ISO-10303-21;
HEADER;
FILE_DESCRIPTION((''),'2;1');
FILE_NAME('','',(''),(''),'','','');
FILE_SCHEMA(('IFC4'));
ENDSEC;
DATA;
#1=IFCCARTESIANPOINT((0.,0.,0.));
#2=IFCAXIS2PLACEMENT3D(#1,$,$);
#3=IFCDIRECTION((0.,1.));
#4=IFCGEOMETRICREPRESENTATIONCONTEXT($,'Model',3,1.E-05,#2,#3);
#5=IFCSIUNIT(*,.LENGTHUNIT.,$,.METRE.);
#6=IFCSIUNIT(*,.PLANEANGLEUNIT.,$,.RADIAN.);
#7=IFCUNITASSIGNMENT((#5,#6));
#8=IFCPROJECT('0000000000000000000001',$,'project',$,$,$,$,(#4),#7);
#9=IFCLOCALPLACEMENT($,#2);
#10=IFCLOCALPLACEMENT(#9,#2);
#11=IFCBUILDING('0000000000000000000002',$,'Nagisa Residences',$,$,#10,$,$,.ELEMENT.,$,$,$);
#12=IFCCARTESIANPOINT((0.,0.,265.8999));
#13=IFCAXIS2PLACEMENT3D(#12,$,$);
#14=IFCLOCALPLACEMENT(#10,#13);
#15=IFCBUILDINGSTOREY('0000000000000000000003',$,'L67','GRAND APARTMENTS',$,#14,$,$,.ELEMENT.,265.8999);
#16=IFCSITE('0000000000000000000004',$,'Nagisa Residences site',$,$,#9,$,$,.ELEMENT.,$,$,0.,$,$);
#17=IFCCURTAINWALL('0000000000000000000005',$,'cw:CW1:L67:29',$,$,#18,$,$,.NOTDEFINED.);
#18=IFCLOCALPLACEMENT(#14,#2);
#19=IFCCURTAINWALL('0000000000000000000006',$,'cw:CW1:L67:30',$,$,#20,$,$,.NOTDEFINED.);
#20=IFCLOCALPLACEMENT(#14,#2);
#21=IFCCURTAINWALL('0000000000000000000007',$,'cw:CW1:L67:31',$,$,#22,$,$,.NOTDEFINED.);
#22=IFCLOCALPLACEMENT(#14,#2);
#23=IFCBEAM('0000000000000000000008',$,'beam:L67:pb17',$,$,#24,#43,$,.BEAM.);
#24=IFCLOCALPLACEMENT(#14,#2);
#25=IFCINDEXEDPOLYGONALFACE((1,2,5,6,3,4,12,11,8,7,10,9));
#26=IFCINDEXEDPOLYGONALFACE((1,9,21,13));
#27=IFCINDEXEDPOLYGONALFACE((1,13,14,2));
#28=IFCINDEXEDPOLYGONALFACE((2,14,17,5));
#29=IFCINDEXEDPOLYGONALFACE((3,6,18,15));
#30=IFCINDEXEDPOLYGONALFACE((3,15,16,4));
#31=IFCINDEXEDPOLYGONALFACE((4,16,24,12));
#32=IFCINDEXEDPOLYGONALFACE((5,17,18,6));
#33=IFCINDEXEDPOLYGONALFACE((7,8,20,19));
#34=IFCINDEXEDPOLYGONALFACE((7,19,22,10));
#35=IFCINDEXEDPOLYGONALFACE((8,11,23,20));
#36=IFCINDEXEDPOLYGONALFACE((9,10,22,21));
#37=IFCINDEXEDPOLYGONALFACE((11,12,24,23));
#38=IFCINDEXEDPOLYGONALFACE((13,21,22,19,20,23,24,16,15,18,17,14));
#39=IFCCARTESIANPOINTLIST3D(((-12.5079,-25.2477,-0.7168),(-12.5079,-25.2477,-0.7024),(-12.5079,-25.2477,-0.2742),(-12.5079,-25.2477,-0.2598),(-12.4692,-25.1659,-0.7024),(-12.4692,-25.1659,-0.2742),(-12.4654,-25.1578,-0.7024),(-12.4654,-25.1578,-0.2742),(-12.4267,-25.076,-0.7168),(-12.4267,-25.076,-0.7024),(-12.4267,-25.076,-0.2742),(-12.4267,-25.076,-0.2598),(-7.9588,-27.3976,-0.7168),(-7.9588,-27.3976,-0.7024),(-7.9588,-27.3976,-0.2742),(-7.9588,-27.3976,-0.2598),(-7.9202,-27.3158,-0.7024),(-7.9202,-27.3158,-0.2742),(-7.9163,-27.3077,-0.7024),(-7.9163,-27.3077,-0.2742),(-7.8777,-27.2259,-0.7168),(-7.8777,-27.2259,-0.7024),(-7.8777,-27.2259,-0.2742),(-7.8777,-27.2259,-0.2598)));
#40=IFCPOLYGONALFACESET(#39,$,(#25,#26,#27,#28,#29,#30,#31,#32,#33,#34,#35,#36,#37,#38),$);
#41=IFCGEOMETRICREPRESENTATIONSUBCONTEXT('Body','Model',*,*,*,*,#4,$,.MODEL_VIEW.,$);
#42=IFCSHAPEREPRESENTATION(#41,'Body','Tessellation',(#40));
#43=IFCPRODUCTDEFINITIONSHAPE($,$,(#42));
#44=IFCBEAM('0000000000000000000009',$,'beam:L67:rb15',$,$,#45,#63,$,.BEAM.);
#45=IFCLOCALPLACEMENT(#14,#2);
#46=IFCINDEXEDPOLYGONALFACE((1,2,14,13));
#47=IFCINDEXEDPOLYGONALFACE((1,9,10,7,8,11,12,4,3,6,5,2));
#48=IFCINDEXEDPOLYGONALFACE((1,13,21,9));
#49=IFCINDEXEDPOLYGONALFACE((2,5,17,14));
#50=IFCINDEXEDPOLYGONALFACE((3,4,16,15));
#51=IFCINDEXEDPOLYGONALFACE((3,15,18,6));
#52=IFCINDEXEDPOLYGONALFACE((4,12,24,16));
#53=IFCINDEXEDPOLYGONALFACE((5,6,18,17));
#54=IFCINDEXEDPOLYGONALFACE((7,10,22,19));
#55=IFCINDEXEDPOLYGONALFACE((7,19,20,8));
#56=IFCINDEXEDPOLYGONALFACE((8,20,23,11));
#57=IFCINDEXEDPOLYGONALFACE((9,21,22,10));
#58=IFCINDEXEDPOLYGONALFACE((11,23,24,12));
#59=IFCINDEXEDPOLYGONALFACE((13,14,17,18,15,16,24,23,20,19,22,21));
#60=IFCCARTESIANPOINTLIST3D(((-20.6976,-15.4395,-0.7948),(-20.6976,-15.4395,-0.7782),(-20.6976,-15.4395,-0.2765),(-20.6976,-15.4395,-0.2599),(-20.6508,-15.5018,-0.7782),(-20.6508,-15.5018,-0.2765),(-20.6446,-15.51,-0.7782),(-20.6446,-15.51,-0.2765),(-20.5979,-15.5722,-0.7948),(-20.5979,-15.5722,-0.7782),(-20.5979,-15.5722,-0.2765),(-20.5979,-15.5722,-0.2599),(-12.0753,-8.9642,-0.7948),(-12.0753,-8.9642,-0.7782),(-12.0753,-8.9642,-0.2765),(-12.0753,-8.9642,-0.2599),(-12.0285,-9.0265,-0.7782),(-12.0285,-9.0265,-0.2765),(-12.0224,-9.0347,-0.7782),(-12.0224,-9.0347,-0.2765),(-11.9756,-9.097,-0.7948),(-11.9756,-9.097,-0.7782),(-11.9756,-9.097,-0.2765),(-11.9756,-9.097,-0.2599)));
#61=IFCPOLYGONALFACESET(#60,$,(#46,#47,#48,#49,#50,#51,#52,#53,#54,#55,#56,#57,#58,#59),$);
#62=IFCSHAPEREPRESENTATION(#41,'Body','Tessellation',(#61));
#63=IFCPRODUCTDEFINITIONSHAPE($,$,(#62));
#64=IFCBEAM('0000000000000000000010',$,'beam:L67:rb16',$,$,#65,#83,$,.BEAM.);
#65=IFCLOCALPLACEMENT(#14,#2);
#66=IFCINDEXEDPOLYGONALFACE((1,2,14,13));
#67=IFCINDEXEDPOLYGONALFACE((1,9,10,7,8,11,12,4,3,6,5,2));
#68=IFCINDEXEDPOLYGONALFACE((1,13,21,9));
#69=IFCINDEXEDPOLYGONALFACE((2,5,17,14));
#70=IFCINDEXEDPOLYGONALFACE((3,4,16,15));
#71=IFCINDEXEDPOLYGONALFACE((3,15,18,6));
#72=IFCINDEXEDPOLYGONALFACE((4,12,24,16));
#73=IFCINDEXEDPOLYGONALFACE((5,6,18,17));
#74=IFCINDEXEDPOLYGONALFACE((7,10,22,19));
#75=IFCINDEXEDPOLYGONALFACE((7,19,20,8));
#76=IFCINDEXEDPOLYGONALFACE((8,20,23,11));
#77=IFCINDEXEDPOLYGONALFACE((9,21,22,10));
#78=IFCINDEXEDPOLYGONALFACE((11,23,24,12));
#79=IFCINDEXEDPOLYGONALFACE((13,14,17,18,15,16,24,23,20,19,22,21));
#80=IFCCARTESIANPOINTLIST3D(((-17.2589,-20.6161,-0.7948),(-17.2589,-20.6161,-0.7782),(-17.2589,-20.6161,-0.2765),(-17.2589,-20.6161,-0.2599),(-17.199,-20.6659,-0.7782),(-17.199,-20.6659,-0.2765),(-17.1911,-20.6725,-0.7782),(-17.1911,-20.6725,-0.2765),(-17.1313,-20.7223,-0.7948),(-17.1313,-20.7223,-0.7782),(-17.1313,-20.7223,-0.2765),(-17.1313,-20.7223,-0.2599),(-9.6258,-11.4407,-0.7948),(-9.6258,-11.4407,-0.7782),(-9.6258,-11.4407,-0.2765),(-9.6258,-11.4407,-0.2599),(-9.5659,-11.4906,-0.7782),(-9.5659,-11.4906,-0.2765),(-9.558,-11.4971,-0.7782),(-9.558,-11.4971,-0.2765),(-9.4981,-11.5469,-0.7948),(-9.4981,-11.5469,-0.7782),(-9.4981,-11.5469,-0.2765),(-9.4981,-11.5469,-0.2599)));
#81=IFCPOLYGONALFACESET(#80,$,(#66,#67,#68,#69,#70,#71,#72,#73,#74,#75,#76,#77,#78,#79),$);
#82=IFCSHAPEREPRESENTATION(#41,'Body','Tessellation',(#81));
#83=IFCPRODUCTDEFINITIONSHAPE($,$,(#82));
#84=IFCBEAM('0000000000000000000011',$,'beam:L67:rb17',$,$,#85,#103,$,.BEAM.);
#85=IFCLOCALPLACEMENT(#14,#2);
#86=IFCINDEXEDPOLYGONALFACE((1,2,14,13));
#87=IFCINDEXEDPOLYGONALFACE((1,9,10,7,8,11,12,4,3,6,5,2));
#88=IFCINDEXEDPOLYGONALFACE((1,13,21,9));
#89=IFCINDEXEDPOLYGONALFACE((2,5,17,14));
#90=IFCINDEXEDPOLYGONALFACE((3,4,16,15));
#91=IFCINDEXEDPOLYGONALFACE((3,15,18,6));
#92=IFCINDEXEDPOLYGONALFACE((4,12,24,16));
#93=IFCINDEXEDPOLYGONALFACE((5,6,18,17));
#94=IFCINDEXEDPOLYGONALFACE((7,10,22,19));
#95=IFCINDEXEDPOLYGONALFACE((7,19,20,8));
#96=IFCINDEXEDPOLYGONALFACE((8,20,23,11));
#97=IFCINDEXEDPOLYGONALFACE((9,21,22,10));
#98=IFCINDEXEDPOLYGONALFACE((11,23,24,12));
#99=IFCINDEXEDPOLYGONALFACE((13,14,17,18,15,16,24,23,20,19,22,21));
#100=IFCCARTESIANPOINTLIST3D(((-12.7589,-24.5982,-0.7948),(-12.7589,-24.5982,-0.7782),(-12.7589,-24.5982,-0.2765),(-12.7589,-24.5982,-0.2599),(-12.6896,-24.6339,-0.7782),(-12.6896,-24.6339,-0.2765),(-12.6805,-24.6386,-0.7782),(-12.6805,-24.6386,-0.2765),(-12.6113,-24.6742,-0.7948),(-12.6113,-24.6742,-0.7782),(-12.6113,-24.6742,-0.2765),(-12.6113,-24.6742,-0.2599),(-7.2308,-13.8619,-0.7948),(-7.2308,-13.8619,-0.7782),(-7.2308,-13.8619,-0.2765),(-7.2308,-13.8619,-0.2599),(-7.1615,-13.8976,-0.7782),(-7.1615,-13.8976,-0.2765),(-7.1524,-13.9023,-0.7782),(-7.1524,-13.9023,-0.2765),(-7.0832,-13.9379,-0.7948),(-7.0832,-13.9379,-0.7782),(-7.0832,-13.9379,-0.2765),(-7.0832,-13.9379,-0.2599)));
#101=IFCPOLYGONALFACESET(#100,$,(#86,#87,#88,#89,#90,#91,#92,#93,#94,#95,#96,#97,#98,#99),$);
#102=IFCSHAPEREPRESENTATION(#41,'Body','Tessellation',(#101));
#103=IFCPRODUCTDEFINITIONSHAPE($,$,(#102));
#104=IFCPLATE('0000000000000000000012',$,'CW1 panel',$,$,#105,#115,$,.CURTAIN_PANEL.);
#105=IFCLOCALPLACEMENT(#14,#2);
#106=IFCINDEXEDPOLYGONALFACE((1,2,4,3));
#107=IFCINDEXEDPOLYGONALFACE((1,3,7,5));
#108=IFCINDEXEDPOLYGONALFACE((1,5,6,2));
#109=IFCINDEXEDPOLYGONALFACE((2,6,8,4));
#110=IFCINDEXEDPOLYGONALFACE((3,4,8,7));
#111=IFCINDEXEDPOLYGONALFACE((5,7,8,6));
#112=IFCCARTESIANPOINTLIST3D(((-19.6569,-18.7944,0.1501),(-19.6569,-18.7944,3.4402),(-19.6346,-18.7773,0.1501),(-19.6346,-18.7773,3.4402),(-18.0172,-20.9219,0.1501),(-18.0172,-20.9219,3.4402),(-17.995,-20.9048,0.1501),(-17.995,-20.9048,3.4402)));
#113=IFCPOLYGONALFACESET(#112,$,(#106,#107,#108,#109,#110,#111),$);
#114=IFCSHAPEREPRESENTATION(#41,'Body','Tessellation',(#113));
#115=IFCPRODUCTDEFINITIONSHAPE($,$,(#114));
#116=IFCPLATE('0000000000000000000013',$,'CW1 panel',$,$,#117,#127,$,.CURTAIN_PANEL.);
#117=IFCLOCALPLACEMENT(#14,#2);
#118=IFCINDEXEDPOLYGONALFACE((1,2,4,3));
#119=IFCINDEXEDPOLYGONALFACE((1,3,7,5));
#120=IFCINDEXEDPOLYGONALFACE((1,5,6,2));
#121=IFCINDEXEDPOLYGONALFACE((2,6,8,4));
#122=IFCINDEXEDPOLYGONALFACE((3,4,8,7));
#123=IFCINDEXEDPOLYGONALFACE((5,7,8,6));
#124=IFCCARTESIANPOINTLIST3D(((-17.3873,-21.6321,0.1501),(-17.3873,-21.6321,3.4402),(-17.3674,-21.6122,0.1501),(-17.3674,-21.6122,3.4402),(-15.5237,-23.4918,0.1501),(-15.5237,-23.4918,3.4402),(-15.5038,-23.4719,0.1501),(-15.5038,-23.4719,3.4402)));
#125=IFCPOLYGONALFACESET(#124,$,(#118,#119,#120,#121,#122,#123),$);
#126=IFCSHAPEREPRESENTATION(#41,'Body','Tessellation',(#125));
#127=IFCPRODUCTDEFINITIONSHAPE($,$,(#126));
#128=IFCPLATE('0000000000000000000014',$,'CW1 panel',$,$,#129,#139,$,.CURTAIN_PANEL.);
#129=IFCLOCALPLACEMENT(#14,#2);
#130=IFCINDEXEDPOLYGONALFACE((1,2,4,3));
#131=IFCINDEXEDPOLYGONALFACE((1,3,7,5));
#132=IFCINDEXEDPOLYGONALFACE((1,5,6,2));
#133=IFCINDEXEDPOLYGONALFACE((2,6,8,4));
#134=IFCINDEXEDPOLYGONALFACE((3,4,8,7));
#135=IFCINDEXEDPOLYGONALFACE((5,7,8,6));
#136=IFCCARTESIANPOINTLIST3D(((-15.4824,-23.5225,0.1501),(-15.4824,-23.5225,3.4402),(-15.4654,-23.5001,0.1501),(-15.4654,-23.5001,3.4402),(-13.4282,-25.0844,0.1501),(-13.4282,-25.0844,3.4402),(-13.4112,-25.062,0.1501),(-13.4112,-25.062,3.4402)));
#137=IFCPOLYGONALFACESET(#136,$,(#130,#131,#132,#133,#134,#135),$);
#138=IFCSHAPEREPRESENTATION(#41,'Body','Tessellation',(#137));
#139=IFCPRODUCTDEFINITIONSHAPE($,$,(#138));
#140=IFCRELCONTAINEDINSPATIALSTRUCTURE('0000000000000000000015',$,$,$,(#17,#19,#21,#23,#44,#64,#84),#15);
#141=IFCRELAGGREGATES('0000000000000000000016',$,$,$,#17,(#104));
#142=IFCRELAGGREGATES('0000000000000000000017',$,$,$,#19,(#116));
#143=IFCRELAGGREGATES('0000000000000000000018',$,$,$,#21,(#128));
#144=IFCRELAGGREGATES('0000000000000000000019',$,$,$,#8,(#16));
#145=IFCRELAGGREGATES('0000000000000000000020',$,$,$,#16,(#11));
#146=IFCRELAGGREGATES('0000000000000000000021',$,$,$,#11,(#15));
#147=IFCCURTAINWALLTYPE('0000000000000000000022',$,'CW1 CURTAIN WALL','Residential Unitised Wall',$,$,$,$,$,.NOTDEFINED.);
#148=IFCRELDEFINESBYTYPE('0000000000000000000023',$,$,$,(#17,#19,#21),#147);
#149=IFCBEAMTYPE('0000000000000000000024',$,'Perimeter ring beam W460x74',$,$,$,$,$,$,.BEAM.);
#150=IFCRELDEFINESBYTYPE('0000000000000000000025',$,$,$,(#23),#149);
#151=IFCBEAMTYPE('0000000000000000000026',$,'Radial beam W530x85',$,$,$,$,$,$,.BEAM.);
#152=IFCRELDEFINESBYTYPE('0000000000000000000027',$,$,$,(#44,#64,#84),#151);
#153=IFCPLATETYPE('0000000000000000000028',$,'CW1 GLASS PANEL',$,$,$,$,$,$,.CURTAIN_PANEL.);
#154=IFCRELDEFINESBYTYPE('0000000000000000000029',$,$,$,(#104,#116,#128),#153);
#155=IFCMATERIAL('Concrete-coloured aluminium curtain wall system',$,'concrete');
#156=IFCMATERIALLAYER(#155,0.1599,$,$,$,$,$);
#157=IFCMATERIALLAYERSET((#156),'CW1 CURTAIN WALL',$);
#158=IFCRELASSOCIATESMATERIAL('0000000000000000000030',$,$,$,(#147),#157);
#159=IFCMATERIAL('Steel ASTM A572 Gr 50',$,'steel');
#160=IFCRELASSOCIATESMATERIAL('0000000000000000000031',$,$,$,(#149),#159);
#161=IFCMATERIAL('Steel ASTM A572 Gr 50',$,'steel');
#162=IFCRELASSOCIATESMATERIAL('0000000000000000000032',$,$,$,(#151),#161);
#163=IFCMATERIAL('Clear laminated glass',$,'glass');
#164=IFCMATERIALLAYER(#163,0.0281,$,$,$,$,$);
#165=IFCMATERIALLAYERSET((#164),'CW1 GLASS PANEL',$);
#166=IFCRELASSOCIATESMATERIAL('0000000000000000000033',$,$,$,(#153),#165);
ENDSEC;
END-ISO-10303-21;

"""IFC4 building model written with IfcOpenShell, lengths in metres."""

from ifc_helpers import new_model, si_unit, direction, frame, origin, origin_2d, place, context, subcontext, project, spatial, rectangle, i_section, extrude, material, layer, layer_set, material_profile, profile_set, type_object, element, aggregate, save


model = new_model("IFC4")

# Units and contexts
model_context = context("Model", 3, precision=1e-05, world=origin(), true_north=direction((0.0, 1.0)))
body_context = subcontext(model_context, "Body", "Model", "MODEL_VIEW")
ifc_project = project(units=[si_unit("LENGTHUNIT", "METRE"), si_unit("PLANEANGLEUNIT", "RADIAN")], contexts=[model_context])

# Site, building, storey
site_placement = place(None, origin())
site = spatial("IfcSite", under=ifc_project, at=site_placement, Name="Nagisa Residences site", CompositionType="ELEMENT", RefElevation=0.0)
building_placement = place(site_placement, origin())
building = spatial("IfcBuilding", under=site, at=building_placement, Name="Nagisa Residences", CompositionType="ELEMENT")
storey_placement = place(building_placement, frame((0.0, 0.0, 265.8999)))
storey = spatial("IfcBuildingStorey", under=building, at=storey_placement, Name="L67", Description="GRAND APARTMENTS", CompositionType="ELEMENT", Elevation=265.8999)

# Curtain walls
ifc_material_1 = material(Name="Concrete-coloured aluminium curtain wall system", Category="concrete")
ifc_layer_1 = layer(ifc_material_1, 0.1599)
ifc_layer_set_1 = layer_set([ifc_layer_1], Name="CW1 CURTAIN WALL")
curtain_wall_type = type_object("IfcCurtainWallType", Name="CW1 CURTAIN WALL", Description="Residential Unitised Wall", PredefinedType="NOTDEFINED", material=ifc_layer_set_1)
curtain_wall_1_placement = place(storey_placement, origin())
curtain_wall_1 = element("IfcCurtainWall", 1, at=curtain_wall_1_placement, inside=storey, type_object=curtain_wall_type, Name="cw:CW1:L67:29", PredefinedType="NOTDEFINED")
curtain_wall_2_placement = place(storey_placement, origin())
curtain_wall_2 = element("IfcCurtainWall", 2, at=curtain_wall_2_placement, inside=storey, type_object=curtain_wall_type, Name="cw:CW1:L67:30", PredefinedType="NOTDEFINED")
curtain_wall_3_placement = place(storey_placement, origin())
curtain_wall_3 = element("IfcCurtainWall", 3, at=curtain_wall_3_placement, inside=storey, type_object=curtain_wall_type, Name="cw:CW1:L67:31", PredefinedType="NOTDEFINED")

# Beams
ifc_material_2 = material(Name="Steel ASTM A572 Gr 50", Category="steel")
ifc_material_profile_1 = material_profile(ifc_material_2, i_section(OverallWidth=0.1899, OverallDepth=0.457, WebThickness=0.009, FlangeThickness=0.0144, at=origin_2d()), Name="W460x74")
ifc_profile_set_1 = profile_set([ifc_material_profile_1], Name="Steel ASTM A572 Gr 50")
beam_type_1 = type_object("IfcBeamType", Name="Perimeter ring beam W460x74", PredefinedType="BEAM", material=ifc_profile_set_1)
beam_1_placement = place(storey_placement, frame((-12.4673, -25.1619, -0.4883), z_axis=(0.904116, -0.427287, 0.0), x_axis=(0.427287, 0.904116, 0.0)))
element("IfcBeam", 4, at=beam_1_placement, inside=storey, type_object=beam_type_1, Name="beam:L67:pb17", PredefinedType="BEAM", context=body_context, shape_type="SweptSolid", body=[
    extrude(i_section(OverallWidth=0.1899, OverallDepth=0.457, WebThickness=0.009, FlangeThickness=0.0144, at=origin_2d()), origin(), (0.0, 0.0, 1.0), 5.0315),
])
ifc_material_3 = material(Name="Steel ASTM A572 Gr 50", Category="steel")
ifc_material_profile_2 = material_profile(ifc_material_3, i_section(OverallWidth=0.166, OverallDepth=0.5349, WebThickness=0.0103, FlangeThickness=0.0166, at=origin_2d()), Name="W530x85")
ifc_profile_set_2 = profile_set([ifc_material_profile_2], Name="Steel ASTM A572 Gr 50")
beam_type_2 = type_object("IfcBeamType", Name="Radial beam W530x85", PredefinedType="BEAM", material=ifc_profile_set_2)
beam_2_placement = place(storey_placement, frame((-20.6477, -15.5059, -0.5273), z_axis=(0.799617, 0.600511, 0.0), x_axis=(-0.600511, 0.799617, 0.0)))
element("IfcBeam", 5, at=beam_2_placement, inside=storey, type_object=beam_type_2, Name="beam:L67:rb15", PredefinedType="BEAM", context=body_context, shape_type="SweptSolid", body=[
    extrude(i_section(OverallWidth=0.166, OverallDepth=0.5349, WebThickness=0.0103, FlangeThickness=0.0166, at=origin_2d()), origin(), (0.0, 0.0, 1.0), 10.783),
])
beam_3_placement = place(storey_placement, frame((-17.1951, -20.6692, -0.5273), z_axis=(0.63954, 0.768758, 0.0), x_axis=(-0.768758, 0.63954, 0.0)))
element("IfcBeam", 6, at=beam_3_placement, inside=storey, type_object=beam_type_2, Name="beam:L67:rb16", PredefinedType="BEAM", context=body_context, shape_type="SweptSolid", body=[
    extrude(i_section(OverallWidth=0.166, OverallDepth=0.5349, WebThickness=0.0103, FlangeThickness=0.0166, at=origin_2d()), origin(), (0.0, 0.0, 1.0), 11.9353),
])
beam_4_placement = place(storey_placement, frame((-12.6851, -24.6362, -0.5273), z_axis=(0.457776, 0.889068, 0.0), x_axis=(-0.889068, 0.457776, 0.0)))
element("IfcBeam", 7, at=beam_4_placement, inside=storey, type_object=beam_type_2, Name="beam:L67:rb17", PredefinedType="BEAM", context=body_context, shape_type="SweptSolid", body=[
    extrude(i_section(OverallWidth=0.166, OverallDepth=0.5349, WebThickness=0.0103, FlangeThickness=0.0166, at=origin_2d()), origin(), (0.0, 0.0, 1.0), 12.0759),
])

# Plates
ifc_material_4 = material(Name="Clear laminated glass", Category="glass")
ifc_layer_2 = layer(ifc_material_4, 0.0281)
ifc_layer_set_2 = layer_set([ifc_layer_2], Name="CW1 GLASS PANEL")
plate_type = type_object("IfcPlateType", Name="CW1 GLASS PANEL", PredefinedType="CURTAIN_PANEL", material=ifc_layer_set_2)
plate_1_placement = place(storey_placement, frame((-18.8259, -19.8496, 0.1501), z_axis=(0.0, 0.0, 1.0), x_axis=(0.61043, -0.79207, 0.0)))
plate_1 = element("IfcPlate", 8, at=plate_1_placement, type_object=plate_type, Name="CW1 panel", PredefinedType="CURTAIN_PANEL", context=body_context, shape_type="SweptSolid", body=[
    extrude(rectangle(XDim=2.686, YDim=0.0281, at=origin_2d()), origin(), (0.0, 0.0, 1.0), 3.29),
])
aggregate(curtain_wall_1, [plate_1])
plate_2_placement = place(storey_placement, frame((-16.4456, -22.552, 0.1501), z_axis=(0.0, 0.0, 1.0), x_axis=(0.707836, -0.706377, 0.0)))
plate_2 = element("IfcPlate", 9, at=plate_2_placement, type_object=plate_type, Name="CW1 panel", PredefinedType="CURTAIN_PANEL", context=body_context, shape_type="SweptSolid", body=[
    extrude(rectangle(XDim=2.6328, YDim=0.0281, at=origin_2d()), origin(), (0.0, 0.0, 1.0), 3.29),
])
aggregate(curtain_wall_2, [plate_2])
plate_3_placement = place(storey_placement, frame((-14.4468, -24.2922, 0.1501), z_axis=(0.0, 0.0, 1.0), x_axis=(0.796031, -0.605255, 0.0)))
plate_3 = element("IfcPlate", 10, at=plate_3_placement, type_object=plate_type, Name="CW1 panel", PredefinedType="CURTAIN_PANEL", context=body_context, shape_type="SweptSolid", body=[
    extrude(rectangle(XDim=2.5806, YDim=0.0281, at=origin_2d()), origin(), (0.0, 0.0, 1.0), 3.29),
])
aggregate(curtain_wall_3, [plate_3])

save(model, "model.ifc")
